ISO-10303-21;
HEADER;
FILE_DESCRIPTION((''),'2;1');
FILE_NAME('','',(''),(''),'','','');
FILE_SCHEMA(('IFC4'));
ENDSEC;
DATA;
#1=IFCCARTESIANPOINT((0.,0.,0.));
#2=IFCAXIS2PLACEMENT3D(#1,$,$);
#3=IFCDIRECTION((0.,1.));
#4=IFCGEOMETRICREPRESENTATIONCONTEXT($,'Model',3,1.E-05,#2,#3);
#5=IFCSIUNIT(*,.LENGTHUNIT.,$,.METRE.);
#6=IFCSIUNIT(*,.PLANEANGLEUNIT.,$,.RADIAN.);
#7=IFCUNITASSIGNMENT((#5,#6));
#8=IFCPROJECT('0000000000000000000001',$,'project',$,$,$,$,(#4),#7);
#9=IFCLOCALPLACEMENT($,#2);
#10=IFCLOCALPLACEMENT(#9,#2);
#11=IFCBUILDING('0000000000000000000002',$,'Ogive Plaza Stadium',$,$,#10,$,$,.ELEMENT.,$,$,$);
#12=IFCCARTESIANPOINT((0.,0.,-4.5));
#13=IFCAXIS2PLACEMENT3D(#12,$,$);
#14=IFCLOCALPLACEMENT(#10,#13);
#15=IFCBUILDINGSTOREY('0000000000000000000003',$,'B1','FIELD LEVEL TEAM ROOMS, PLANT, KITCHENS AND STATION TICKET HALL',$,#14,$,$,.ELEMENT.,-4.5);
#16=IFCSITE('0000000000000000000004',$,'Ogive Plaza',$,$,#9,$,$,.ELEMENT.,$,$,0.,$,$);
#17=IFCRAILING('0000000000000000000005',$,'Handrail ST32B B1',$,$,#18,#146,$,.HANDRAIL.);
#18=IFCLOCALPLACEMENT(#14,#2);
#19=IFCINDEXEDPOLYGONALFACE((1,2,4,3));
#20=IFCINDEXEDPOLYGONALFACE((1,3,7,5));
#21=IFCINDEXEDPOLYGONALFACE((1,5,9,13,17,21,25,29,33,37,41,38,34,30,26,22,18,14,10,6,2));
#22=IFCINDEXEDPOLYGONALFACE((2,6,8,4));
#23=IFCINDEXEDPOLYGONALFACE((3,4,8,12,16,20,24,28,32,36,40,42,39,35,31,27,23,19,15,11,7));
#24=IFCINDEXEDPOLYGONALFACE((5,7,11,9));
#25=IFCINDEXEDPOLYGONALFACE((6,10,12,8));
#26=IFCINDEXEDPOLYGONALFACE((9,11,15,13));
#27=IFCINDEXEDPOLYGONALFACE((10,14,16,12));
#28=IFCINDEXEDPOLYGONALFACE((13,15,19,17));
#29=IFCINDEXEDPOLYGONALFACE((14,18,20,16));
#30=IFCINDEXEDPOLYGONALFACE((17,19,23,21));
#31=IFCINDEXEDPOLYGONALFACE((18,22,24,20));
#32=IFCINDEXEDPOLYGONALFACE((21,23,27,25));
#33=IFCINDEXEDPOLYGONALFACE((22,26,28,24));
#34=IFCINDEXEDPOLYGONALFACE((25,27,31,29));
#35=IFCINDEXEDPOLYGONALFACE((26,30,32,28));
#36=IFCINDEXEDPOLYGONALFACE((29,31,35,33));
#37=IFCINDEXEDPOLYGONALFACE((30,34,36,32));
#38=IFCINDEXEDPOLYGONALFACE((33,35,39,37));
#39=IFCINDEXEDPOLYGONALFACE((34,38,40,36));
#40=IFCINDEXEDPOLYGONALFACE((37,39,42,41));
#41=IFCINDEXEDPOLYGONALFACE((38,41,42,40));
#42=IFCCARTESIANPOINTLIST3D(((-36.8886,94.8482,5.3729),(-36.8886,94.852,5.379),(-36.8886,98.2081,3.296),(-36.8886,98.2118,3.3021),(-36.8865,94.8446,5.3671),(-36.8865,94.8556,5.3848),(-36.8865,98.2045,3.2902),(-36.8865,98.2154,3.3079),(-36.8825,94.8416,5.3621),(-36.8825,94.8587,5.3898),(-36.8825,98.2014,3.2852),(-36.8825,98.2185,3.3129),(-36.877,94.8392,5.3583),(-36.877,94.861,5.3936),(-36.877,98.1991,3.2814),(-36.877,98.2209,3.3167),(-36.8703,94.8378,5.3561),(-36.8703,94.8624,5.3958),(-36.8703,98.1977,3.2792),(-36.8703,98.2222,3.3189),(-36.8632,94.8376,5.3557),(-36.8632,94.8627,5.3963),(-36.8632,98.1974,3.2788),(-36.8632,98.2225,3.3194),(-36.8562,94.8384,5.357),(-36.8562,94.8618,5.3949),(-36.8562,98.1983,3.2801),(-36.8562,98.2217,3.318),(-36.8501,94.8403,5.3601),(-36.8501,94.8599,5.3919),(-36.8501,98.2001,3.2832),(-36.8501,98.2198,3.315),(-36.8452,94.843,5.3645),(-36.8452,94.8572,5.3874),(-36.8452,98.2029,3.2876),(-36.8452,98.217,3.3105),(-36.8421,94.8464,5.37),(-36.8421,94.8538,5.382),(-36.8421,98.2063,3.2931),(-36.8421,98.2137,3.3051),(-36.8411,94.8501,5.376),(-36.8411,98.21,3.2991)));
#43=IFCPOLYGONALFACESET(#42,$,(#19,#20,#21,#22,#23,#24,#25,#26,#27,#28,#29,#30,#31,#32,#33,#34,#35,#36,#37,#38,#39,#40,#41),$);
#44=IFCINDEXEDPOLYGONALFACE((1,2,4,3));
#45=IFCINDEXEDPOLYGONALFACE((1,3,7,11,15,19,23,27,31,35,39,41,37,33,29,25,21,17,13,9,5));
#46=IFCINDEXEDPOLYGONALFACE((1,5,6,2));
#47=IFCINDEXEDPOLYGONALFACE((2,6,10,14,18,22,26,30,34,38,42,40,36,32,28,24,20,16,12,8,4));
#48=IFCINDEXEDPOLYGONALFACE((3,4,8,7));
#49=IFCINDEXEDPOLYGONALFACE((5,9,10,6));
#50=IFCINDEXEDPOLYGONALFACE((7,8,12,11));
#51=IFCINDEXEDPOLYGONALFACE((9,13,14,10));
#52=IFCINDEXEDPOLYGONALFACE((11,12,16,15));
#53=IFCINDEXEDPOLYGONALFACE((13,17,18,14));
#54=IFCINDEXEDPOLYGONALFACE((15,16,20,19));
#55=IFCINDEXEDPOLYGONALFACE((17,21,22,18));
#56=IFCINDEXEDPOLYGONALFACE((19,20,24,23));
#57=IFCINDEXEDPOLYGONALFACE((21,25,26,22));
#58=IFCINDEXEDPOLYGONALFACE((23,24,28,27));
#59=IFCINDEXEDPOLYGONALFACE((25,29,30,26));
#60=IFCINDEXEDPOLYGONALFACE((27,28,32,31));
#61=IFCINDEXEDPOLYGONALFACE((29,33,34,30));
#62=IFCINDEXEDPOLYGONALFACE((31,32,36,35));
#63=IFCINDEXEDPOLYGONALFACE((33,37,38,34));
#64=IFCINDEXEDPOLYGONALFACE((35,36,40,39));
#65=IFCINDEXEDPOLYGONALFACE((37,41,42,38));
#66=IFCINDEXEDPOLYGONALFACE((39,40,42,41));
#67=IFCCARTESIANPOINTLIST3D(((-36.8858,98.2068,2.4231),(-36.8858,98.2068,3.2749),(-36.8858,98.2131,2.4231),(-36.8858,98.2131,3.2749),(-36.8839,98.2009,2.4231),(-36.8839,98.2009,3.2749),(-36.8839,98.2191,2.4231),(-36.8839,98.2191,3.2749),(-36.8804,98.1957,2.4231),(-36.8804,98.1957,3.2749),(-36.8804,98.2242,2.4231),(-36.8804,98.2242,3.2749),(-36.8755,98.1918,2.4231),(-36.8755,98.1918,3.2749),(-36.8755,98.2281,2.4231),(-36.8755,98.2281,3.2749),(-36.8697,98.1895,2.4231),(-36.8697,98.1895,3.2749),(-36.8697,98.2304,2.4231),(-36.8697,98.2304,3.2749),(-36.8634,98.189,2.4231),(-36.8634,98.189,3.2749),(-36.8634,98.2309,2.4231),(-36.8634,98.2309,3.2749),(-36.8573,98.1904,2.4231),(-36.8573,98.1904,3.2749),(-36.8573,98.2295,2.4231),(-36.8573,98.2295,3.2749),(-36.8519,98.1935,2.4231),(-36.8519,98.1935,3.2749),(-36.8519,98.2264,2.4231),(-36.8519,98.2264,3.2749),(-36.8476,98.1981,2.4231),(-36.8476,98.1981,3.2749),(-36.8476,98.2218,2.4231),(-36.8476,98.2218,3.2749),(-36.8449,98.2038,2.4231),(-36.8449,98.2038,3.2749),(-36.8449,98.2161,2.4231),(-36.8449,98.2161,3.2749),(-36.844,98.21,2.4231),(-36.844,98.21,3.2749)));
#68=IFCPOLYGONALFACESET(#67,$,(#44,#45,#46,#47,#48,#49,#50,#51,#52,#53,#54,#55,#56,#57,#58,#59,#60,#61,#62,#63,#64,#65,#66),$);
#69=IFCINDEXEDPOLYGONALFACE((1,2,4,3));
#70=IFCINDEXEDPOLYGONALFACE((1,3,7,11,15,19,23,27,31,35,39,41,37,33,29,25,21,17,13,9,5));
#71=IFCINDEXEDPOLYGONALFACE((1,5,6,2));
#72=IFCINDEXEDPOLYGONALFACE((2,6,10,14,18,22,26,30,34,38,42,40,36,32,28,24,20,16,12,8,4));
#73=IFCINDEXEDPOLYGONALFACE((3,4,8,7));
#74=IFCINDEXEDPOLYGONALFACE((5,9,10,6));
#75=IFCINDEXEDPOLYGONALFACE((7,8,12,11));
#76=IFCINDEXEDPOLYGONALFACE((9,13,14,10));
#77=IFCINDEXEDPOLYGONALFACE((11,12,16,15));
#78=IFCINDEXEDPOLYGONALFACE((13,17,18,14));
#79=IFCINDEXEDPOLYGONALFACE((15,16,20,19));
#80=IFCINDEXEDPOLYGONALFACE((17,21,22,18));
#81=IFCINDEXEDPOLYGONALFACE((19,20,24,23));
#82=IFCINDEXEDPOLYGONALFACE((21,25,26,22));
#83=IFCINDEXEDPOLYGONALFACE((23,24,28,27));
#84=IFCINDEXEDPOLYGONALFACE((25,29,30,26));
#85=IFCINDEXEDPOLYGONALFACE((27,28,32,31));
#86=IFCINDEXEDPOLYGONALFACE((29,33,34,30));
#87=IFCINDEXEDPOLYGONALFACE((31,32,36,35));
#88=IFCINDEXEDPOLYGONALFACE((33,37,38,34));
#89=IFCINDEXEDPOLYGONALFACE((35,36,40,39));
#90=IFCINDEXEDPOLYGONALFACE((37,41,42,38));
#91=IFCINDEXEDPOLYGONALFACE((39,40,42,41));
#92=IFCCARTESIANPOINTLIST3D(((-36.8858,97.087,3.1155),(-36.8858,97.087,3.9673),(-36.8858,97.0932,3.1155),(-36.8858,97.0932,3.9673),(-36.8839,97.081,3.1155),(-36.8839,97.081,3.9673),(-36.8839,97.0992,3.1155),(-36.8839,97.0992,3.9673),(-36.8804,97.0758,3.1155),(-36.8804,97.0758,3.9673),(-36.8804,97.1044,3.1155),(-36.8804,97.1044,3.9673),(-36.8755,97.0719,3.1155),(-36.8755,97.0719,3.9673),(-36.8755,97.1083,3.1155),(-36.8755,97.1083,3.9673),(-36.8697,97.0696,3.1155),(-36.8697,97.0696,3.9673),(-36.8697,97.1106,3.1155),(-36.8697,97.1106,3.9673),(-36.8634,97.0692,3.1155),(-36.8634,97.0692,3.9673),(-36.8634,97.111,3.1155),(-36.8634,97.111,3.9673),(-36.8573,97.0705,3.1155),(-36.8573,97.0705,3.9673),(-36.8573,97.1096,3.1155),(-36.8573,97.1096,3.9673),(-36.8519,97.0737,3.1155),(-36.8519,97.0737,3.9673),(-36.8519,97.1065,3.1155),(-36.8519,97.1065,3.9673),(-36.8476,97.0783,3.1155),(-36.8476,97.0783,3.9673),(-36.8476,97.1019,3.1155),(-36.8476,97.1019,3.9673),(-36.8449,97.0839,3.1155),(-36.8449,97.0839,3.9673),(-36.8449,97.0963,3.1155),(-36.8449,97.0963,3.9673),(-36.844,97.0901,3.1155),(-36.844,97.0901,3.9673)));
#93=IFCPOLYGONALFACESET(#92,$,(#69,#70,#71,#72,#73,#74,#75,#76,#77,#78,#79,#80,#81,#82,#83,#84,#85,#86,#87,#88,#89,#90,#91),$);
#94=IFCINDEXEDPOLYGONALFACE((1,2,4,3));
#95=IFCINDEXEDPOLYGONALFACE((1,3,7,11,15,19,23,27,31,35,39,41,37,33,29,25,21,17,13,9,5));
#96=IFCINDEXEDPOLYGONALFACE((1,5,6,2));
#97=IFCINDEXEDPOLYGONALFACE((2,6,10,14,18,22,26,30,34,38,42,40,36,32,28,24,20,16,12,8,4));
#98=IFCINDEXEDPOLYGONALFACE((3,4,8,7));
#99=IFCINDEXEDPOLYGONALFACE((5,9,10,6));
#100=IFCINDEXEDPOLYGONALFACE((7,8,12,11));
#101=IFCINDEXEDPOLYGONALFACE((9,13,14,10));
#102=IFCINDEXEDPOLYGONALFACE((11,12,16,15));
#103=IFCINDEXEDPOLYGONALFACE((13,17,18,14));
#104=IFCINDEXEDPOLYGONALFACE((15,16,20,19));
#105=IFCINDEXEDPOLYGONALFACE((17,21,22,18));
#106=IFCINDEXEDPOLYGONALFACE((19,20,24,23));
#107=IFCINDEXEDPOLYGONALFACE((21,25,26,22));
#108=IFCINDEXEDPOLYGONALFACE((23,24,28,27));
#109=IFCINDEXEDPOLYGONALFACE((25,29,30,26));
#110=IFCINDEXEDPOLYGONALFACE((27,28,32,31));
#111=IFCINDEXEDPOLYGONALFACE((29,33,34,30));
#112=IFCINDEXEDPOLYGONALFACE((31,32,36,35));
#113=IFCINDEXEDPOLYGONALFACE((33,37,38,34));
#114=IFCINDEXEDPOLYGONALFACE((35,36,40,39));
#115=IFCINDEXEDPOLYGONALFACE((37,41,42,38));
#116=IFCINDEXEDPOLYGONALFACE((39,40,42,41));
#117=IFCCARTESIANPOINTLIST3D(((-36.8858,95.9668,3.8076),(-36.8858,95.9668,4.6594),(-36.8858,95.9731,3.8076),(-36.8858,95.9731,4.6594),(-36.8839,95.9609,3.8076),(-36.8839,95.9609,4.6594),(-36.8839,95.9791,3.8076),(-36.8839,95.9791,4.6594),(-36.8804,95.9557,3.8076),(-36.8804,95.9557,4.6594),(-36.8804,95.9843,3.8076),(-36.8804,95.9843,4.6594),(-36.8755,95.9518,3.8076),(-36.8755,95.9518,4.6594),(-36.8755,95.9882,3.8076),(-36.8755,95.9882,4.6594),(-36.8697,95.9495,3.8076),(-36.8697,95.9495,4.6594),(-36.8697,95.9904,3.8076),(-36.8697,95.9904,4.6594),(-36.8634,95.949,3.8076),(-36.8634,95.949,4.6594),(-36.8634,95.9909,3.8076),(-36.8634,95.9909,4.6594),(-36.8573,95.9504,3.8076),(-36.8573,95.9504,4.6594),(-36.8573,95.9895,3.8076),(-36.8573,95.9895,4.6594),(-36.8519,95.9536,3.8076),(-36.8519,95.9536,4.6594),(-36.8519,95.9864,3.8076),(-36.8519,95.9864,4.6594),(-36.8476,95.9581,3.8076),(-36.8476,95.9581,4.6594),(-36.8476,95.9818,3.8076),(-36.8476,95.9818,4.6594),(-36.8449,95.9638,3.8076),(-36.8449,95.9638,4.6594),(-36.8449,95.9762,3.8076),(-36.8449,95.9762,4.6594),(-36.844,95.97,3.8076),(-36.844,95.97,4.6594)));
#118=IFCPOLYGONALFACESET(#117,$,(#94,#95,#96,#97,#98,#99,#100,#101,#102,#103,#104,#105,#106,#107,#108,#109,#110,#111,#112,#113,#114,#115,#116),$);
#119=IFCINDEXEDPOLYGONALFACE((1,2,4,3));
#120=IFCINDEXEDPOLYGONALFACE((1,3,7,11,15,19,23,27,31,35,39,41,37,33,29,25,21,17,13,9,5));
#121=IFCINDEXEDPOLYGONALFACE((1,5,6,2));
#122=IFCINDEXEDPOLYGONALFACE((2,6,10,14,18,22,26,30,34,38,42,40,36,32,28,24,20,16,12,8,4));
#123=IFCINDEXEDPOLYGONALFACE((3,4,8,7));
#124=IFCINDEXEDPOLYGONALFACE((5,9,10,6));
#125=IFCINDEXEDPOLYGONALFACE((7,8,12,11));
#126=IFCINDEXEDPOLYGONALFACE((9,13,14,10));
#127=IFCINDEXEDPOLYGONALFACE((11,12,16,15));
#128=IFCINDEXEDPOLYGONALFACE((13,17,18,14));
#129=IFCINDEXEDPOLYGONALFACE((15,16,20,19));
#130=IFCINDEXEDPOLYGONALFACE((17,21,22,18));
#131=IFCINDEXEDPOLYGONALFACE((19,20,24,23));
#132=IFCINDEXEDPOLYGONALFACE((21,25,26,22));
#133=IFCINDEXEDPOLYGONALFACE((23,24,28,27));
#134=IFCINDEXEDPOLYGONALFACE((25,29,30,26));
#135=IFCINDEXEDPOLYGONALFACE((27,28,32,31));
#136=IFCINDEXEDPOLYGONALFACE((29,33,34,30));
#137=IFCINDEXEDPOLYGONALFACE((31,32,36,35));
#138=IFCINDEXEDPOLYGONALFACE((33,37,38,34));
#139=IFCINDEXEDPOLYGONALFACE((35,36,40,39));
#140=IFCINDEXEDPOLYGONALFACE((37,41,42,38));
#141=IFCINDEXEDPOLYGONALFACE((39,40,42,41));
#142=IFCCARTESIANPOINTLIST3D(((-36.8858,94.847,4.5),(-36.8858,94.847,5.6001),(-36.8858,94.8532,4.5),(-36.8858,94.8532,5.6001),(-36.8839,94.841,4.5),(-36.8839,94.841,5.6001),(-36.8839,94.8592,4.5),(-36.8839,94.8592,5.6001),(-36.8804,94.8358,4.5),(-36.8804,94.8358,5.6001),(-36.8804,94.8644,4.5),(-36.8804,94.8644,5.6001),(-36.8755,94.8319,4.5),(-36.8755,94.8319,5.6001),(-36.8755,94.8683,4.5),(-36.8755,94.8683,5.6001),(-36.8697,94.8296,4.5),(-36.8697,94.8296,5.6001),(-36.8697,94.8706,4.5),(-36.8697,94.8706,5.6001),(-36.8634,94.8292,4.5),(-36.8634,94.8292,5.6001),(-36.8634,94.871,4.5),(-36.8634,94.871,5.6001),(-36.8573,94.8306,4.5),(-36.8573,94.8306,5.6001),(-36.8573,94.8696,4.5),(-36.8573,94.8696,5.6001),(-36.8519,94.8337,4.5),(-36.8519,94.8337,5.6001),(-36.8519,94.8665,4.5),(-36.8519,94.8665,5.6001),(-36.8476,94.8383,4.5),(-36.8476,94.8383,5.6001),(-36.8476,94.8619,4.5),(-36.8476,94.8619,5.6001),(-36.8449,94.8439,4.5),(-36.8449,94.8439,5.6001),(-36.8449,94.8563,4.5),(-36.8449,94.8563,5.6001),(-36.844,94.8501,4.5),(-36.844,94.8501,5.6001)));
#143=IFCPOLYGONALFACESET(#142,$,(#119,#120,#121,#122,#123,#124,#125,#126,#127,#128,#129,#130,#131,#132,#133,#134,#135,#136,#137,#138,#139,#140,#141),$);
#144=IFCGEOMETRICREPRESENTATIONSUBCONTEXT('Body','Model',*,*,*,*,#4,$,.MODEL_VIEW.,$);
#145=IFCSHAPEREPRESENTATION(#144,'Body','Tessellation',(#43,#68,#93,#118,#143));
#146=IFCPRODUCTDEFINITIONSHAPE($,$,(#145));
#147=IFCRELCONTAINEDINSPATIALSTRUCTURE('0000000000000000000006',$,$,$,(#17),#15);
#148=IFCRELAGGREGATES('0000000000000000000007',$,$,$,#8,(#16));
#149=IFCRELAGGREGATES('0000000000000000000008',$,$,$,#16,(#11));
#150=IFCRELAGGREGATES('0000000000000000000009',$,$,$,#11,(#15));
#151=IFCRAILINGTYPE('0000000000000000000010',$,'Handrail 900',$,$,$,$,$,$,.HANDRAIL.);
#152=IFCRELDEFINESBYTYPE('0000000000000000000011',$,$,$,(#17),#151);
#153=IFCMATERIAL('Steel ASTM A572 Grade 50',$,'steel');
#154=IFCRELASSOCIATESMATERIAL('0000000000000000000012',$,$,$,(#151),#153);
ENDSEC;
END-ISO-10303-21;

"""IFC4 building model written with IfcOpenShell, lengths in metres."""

from ifc_helpers import new_model, si_unit, direction, frame, origin, origin_2d, place, context, subcontext, project, spatial, circle, extrude, material, type_object, element, save


model = new_model("IFC4")

# Units and contexts
model_context = context("Model", 3, precision=1e-05, world=origin(), true_north=direction((0.0, 1.0)))
body_context = subcontext(model_context, "Body", "Model", "MODEL_VIEW")
ifc_project = project(units=[si_unit("LENGTHUNIT", "METRE"), si_unit("PLANEANGLEUNIT", "RADIAN")], contexts=[model_context])

# Site, building, storey
site_placement = place(None, origin())
site = spatial("IfcSite", under=ifc_project, at=site_placement, Name="Ogive Plaza", CompositionType="ELEMENT", RefElevation=0.0)
building_placement = place(site_placement, origin())
building = spatial("IfcBuilding", under=site, at=building_placement, Name="Ogive Plaza Stadium", CompositionType="ELEMENT")
storey_placement = place(building_placement, frame((0.0, 0.0, -4.5)))
storey = spatial("IfcBuildingStorey", under=building, at=storey_placement, Name="B1", Description="FIELD LEVEL TEAM ROOMS, PLANT, KITCHENS AND STATION TICKET HALL", CompositionType="ELEMENT", Elevation=-4.5)

# Railing
ifc_material_1 = material(Name="Steel ASTM A572 Grade 50", Category="steel")
railing_type_1 = type_object("IfcRailingType", Name="Handrail 900", PredefinedType="HANDRAIL", material=ifc_material_1)
railing_1_placement = place(storey_placement, frame((-36.865, 98.21, 2.4231)))
element("IfcRailing", 1, at=railing_1_placement, inside=storey, type_object=railing_type_1, Name="Handrail ST32B B1", PredefinedType="HANDRAIL", context=body_context, shape_type="SweptSolid", body=[
    extrude(circle(Radius=0.0239, at=origin_2d()), frame((0.0, 0.0, 0.876), z_axis=(0.0, -0.850606, 0.525803), x_axis=(1.0, 0.0, 0.0)), (0.0, 0.0, 1.0), 3.95),
    extrude(circle(Radius=0.021, at=origin_2d()), origin(), (0.0, 0.0, 1.0), 0.8518),
    extrude(circle(Radius=0.021, at=origin_2d()), frame((0.0, -1.1199, 0.6924)), (0.0, 0.0, 1.0), 0.8518),
    extrude(circle(Radius=0.021, at=origin_2d()), frame((0.0, -2.24, 1.3845)), (0.0, 0.0, 1.0), 0.8518),
    extrude(circle(Radius=0.021, at=origin_2d()), frame((0.0, -3.3599, 2.0769)), (0.0, 0.0, 1.0), 1.1001),
])

save(model, "model.ifc")
